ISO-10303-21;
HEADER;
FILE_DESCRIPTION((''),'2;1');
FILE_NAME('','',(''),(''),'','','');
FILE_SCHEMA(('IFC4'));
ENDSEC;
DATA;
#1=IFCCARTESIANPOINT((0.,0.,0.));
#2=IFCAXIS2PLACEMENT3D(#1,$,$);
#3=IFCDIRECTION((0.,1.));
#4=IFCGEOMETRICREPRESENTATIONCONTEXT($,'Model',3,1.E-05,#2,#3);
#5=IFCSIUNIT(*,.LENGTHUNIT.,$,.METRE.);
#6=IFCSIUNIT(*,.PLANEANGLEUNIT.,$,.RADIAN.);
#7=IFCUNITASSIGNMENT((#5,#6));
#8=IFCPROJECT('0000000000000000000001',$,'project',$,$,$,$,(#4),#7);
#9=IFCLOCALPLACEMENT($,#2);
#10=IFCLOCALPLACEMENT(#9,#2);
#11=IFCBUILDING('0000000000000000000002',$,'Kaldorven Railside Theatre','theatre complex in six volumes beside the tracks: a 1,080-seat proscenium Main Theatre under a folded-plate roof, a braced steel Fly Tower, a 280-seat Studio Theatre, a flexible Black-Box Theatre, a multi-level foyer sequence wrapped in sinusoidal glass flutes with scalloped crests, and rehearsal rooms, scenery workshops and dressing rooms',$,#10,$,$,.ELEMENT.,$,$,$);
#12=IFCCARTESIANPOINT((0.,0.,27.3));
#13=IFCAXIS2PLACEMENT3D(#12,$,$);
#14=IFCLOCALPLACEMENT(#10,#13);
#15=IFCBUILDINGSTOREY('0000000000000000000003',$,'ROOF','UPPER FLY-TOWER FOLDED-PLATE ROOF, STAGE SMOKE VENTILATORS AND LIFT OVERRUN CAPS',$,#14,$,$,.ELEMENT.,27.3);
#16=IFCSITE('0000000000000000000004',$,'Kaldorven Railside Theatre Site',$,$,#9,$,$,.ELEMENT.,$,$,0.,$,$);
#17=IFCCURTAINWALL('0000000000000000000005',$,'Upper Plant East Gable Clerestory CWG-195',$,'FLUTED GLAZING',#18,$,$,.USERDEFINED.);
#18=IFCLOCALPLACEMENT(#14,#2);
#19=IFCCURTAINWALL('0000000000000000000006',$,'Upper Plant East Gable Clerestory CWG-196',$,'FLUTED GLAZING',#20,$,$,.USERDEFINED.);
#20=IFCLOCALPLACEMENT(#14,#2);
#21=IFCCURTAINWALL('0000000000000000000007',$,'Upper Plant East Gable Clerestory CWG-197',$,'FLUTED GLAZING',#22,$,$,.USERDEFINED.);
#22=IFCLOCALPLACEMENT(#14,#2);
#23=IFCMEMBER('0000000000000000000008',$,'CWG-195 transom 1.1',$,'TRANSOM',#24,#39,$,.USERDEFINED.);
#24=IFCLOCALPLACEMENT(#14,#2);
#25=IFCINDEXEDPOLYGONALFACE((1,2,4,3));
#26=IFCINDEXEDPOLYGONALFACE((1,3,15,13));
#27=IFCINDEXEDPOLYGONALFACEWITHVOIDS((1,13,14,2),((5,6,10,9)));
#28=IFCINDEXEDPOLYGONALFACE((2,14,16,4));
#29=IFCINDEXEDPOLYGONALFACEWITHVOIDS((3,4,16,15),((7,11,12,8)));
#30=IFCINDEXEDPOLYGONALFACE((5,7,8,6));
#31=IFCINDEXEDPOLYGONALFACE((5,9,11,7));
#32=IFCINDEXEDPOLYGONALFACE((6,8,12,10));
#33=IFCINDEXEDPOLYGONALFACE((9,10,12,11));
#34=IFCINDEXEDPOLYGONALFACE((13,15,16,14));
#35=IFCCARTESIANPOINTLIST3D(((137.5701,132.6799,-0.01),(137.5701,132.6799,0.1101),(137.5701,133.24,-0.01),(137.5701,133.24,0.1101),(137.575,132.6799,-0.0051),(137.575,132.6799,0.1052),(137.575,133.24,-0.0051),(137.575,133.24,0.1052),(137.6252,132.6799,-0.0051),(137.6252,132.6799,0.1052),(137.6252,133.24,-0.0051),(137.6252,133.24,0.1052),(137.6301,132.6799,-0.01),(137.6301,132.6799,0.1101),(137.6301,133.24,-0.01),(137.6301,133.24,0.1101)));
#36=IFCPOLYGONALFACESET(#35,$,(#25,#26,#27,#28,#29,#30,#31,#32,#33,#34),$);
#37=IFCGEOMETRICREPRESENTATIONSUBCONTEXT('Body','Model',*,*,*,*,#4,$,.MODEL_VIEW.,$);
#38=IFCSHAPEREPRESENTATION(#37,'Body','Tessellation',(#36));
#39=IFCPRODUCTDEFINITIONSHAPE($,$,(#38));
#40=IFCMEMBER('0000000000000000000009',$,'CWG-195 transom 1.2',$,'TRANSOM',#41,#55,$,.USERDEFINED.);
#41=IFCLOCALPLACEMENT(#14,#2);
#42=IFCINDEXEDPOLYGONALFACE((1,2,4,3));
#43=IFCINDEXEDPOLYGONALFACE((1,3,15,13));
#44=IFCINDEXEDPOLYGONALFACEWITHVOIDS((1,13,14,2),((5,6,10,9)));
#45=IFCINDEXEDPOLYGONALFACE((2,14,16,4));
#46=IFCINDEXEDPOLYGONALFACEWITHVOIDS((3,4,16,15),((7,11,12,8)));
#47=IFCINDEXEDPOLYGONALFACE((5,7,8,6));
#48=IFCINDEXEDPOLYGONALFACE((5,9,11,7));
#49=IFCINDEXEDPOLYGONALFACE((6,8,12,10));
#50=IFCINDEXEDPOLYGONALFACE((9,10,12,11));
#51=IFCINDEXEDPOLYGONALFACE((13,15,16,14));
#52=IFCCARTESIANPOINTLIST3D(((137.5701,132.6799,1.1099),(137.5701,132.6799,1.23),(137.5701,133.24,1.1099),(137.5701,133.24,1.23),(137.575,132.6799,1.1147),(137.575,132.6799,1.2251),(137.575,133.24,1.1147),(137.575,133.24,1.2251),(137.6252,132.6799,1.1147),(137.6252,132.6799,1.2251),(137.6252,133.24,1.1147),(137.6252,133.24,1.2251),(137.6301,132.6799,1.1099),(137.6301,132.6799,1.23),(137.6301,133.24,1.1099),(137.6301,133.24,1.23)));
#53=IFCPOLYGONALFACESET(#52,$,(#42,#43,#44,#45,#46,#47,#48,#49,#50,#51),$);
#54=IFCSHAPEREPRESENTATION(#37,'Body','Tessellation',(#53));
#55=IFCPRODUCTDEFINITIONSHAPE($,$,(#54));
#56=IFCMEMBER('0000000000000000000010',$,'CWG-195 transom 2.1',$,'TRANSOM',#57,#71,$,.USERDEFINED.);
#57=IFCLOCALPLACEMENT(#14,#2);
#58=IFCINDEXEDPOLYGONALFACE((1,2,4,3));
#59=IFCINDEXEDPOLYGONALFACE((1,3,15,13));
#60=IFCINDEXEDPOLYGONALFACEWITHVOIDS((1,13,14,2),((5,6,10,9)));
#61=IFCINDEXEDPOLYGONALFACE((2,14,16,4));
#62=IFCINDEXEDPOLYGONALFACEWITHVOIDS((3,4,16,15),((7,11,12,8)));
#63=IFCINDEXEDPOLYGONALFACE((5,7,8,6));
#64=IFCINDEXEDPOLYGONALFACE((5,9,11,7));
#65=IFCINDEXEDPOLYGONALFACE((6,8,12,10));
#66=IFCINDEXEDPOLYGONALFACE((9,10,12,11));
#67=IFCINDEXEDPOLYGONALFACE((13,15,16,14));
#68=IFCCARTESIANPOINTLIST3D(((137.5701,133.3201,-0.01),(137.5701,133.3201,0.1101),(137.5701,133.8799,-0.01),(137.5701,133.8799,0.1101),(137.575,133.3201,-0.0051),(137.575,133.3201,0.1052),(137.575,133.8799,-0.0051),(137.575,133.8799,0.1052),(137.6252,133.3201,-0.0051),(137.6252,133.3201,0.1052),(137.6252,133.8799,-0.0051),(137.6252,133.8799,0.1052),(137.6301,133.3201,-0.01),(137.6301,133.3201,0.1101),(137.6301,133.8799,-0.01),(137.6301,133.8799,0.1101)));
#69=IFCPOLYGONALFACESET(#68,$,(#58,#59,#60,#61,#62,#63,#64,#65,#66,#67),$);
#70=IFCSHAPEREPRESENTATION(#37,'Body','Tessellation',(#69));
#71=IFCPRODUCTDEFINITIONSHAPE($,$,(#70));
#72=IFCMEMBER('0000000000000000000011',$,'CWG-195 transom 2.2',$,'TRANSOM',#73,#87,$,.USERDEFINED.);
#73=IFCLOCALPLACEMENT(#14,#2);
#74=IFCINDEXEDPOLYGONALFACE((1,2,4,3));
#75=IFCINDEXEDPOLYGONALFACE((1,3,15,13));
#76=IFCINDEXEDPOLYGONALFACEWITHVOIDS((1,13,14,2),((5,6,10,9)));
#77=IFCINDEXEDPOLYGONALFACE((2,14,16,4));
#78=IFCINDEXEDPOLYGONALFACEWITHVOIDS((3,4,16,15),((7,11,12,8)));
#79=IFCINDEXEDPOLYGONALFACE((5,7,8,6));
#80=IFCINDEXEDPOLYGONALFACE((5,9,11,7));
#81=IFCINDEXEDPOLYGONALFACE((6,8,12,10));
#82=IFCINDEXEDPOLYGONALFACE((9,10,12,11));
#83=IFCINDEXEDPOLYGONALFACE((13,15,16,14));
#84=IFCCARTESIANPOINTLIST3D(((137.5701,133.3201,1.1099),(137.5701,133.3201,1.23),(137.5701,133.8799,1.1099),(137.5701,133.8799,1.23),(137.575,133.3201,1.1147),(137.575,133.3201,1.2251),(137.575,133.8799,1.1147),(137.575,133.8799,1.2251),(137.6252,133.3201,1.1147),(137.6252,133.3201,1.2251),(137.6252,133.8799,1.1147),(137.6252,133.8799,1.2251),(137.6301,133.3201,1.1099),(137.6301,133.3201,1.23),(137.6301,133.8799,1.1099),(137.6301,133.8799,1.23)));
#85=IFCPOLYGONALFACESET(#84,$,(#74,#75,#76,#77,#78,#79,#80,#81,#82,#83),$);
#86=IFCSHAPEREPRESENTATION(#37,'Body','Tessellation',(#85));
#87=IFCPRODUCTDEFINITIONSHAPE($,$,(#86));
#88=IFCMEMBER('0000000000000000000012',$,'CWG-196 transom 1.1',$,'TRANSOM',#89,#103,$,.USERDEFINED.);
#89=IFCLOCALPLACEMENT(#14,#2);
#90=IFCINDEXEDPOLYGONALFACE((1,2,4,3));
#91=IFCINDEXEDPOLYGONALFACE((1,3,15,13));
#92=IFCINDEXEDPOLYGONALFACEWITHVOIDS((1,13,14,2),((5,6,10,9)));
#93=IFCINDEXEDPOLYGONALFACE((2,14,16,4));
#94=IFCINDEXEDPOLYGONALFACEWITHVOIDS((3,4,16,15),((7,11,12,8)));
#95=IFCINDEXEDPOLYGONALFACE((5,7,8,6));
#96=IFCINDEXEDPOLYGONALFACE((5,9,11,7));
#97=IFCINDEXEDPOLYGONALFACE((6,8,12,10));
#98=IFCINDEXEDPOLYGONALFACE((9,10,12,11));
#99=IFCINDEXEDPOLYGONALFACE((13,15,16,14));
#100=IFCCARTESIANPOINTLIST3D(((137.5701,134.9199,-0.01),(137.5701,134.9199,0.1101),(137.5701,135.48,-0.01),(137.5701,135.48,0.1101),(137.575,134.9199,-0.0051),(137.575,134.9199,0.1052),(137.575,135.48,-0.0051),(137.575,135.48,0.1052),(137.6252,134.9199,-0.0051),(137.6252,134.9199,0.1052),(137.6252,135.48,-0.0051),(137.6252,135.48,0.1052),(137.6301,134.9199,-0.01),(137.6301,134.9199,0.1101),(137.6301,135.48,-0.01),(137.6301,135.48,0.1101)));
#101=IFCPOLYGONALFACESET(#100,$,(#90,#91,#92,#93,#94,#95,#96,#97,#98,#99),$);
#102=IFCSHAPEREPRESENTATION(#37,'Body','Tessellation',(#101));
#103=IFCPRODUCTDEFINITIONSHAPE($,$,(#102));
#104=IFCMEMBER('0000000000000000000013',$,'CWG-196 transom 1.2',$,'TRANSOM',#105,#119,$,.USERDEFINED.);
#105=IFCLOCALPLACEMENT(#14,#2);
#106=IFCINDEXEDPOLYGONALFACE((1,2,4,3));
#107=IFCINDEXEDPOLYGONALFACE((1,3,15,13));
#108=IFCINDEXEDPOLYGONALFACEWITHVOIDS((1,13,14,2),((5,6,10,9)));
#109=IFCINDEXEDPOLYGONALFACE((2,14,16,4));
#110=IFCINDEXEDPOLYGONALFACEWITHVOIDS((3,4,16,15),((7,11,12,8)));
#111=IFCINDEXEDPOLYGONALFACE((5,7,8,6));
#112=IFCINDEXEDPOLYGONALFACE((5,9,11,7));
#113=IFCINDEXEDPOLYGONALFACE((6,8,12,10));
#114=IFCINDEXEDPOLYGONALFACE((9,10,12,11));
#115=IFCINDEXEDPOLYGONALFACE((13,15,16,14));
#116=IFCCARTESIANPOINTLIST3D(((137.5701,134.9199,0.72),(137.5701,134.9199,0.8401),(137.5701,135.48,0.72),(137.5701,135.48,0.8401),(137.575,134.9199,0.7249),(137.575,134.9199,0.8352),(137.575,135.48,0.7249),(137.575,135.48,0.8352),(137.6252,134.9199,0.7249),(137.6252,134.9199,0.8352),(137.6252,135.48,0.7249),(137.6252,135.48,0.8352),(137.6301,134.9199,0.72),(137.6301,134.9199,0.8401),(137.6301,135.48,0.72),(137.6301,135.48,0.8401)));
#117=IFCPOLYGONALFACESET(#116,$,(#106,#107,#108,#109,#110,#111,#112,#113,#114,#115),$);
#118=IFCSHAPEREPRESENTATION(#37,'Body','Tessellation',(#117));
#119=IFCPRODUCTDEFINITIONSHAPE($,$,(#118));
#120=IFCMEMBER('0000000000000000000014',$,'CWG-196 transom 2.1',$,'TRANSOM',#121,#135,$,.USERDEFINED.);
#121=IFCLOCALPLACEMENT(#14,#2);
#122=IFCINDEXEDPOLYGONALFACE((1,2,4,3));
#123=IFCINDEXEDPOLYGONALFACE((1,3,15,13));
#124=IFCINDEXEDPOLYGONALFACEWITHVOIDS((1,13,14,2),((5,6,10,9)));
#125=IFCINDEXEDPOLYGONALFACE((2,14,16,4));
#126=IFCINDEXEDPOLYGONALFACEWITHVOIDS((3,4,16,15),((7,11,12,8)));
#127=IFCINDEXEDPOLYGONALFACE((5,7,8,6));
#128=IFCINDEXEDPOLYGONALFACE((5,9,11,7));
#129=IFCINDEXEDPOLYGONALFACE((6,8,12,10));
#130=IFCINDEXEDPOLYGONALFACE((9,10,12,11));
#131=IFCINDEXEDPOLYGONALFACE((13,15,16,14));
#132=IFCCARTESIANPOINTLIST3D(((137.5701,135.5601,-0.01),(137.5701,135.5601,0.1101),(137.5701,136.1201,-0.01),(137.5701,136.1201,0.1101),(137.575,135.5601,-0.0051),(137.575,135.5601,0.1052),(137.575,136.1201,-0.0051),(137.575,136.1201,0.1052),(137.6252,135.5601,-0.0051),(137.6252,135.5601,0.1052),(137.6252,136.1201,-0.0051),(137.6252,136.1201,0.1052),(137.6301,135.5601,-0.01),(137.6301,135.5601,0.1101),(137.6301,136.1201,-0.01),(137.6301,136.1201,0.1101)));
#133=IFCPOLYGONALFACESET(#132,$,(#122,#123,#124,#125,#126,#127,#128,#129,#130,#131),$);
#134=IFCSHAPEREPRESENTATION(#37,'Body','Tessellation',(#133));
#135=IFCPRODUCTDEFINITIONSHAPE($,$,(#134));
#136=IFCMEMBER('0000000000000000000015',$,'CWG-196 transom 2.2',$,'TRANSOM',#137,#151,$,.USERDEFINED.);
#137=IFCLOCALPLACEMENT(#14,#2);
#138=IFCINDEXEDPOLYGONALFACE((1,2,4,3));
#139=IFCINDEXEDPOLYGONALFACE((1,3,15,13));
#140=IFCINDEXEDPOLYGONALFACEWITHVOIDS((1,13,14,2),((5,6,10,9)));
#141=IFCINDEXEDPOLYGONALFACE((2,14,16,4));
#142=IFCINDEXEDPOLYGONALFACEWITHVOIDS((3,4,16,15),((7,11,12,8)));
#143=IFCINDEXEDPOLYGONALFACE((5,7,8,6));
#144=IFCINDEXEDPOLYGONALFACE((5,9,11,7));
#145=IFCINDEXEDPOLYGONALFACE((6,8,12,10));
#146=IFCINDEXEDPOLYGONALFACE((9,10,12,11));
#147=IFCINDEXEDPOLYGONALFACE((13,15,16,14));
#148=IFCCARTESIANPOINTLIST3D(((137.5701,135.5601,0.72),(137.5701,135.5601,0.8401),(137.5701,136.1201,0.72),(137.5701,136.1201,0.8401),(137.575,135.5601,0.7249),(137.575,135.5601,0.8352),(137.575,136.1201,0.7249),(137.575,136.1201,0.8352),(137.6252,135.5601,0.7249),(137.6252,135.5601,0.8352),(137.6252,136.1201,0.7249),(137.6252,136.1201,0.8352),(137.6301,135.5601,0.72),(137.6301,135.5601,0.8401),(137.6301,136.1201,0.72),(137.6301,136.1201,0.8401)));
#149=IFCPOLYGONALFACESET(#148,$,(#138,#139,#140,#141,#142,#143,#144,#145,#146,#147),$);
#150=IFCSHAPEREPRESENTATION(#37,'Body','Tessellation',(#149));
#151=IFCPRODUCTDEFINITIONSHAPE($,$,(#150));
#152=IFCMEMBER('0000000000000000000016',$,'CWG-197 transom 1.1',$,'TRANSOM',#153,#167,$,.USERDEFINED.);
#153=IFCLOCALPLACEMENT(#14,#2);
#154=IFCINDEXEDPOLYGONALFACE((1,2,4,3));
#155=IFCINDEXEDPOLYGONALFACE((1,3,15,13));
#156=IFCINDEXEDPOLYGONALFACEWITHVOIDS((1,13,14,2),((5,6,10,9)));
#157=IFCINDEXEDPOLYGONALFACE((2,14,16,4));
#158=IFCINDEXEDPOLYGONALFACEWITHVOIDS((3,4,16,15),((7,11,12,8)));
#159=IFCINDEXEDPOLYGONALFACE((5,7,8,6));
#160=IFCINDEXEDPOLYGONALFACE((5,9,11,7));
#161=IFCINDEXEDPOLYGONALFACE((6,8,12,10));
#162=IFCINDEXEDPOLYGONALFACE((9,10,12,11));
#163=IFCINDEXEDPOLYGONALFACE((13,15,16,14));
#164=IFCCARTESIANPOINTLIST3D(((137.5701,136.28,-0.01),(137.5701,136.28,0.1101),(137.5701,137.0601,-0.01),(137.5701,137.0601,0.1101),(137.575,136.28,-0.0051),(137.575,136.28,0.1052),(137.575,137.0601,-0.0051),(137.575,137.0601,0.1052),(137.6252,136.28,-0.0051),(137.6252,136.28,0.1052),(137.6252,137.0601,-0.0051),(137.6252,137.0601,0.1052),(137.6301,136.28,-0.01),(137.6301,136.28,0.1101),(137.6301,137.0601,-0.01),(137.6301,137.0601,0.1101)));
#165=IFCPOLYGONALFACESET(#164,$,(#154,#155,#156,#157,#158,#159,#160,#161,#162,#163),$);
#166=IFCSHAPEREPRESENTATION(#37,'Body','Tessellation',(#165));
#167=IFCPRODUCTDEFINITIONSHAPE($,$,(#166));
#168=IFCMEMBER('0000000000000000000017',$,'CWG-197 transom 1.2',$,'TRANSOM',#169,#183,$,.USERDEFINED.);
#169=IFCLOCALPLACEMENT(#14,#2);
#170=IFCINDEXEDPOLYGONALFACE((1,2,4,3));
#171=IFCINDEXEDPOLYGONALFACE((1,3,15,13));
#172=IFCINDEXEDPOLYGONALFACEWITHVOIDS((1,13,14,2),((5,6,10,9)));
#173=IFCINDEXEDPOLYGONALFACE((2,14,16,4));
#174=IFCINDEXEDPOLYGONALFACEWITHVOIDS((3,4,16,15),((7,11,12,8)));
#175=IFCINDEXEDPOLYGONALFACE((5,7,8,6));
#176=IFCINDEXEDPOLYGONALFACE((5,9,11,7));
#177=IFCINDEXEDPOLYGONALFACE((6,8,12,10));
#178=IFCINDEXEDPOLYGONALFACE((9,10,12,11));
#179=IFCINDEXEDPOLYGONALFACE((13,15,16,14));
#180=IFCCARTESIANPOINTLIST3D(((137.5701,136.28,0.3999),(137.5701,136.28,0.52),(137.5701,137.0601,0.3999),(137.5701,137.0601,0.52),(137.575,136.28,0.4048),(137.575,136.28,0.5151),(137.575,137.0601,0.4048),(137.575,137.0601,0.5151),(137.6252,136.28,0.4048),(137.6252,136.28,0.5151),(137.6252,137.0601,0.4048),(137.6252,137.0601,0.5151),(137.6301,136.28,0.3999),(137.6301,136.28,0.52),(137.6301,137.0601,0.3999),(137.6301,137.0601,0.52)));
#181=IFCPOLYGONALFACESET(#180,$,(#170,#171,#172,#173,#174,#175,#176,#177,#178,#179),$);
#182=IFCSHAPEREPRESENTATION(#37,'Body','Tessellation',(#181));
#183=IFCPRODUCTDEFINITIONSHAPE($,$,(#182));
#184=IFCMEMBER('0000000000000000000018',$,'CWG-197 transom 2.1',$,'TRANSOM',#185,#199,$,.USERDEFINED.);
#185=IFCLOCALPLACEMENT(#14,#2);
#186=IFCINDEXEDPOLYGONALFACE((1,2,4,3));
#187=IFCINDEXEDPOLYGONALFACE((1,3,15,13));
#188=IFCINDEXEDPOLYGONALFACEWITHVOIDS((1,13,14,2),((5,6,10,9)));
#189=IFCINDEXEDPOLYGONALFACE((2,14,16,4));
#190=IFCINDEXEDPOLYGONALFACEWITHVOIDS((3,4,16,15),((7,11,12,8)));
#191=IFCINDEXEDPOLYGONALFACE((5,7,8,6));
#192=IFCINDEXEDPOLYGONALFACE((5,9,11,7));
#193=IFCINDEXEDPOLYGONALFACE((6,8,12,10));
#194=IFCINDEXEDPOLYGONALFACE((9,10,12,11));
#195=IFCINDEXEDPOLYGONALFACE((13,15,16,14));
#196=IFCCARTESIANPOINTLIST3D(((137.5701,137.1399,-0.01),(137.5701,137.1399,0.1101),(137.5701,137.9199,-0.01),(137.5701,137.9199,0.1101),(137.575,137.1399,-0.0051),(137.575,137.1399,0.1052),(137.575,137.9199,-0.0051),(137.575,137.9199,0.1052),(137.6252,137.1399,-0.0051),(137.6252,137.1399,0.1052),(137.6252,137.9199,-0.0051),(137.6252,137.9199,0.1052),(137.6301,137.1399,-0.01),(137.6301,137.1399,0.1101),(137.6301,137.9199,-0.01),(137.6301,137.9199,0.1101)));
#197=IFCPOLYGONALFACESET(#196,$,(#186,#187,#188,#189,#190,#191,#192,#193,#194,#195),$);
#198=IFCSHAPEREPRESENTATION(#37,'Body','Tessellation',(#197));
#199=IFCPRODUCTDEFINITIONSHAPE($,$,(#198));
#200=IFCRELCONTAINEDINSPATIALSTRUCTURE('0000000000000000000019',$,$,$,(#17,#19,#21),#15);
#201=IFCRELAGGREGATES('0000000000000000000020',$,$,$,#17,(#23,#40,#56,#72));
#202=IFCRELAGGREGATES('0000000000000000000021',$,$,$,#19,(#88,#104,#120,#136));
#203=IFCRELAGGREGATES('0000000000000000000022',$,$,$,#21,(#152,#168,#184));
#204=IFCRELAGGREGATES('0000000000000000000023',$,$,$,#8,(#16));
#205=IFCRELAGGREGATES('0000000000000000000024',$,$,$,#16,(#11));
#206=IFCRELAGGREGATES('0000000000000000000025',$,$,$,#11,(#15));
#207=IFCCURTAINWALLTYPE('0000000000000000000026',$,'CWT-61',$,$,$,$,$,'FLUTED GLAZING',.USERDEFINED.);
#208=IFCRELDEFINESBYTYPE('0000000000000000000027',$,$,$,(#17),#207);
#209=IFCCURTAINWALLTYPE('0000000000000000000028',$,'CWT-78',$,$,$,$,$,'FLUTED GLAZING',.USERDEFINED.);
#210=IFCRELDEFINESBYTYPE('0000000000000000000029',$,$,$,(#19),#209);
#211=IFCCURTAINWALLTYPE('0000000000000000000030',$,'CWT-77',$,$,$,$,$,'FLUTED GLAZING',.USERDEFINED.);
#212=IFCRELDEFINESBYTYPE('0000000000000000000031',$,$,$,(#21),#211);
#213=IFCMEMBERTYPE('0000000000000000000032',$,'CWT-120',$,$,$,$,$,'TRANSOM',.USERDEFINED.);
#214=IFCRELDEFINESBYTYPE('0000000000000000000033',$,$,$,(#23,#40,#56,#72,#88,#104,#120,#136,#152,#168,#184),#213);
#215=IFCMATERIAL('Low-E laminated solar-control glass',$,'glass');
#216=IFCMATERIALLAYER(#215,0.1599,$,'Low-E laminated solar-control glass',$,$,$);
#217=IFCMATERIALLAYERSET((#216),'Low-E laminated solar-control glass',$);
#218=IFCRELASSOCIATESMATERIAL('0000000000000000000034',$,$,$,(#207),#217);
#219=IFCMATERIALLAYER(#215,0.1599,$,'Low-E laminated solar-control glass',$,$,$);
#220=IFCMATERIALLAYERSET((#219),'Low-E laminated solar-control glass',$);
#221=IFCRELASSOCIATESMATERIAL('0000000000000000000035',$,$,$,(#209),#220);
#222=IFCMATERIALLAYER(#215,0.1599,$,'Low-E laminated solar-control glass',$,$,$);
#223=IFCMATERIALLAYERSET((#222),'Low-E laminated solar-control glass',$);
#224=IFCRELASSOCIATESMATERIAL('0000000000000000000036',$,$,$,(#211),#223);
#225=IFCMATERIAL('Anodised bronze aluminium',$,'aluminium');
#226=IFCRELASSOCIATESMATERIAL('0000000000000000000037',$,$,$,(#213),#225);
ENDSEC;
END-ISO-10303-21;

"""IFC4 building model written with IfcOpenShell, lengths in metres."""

from ifc_helpers import new_model, si_unit, direction, frame, origin, origin_2d, place, context, subcontext, project, spatial, hollow_rectangle, extrude, material, layer, layer_set, material_profile, profile_set, type_object, element, aggregate, save


model = new_model("IFC4")

# Units and contexts
model_context = context("Model", 3, precision=1e-05, world=origin(), true_north=direction((0.0, 1.0)))
body_context = subcontext(model_context, "Body", "Model", "MODEL_VIEW")
ifc_project = project(units=[si_unit("LENGTHUNIT", "METRE"), si_unit("PLANEANGLEUNIT", "RADIAN")], contexts=[model_context])

# Site, building, storey
site_placement = place(None, origin())
site = spatial("IfcSite", under=ifc_project, at=site_placement, Name="Kaldorven Railside Theatre Site", CompositionType="ELEMENT", RefElevation=0.0)
building_placement = place(site_placement, origin())
building = spatial("IfcBuilding", under=site, at=building_placement, Name="Kaldorven Railside Theatre", Description="theatre complex in six volumes beside the tracks: a 1,080-seat proscenium Main Theatre under a folded-plate roof, a braced steel Fly Tower, a 280-seat Studio Theatre, a flexible Black-Box Theatre, a multi-level foyer sequence wrapped in sinusoidal glass flutes with scalloped crests, and rehearsal rooms, scenery workshops and dressing rooms", CompositionType="ELEMENT")
storey_placement = place(building_placement, frame((0.0, 0.0, 27.3)))
storey = spatial("IfcBuildingStorey", under=building, at=storey_placement, Name="ROOF", Description="UPPER FLY-TOWER FOLDED-PLATE ROOF, STAGE SMOKE VENTILATORS AND LIFT OVERRUN CAPS", CompositionType="ELEMENT", Elevation=27.3)

# Shared definitions
ifc_material_1 = material(Name="Low-E laminated solar-control glass", Category="glass")
ifc_material_2 = material(Name="Anodised bronze aluminium", Category="aluminium")

# Curtain walls
ifc_layer_1 = layer(ifc_material_1, 0.1599, Name="Low-E laminated solar-control glass")
ifc_layer_set_1 = layer_set([ifc_layer_1], Name="Low-E laminated solar-control glass")
curtain_wall_type_1 = type_object("IfcCurtainWallType", Name="CWT-61", ElementType="FLUTED GLAZING", PredefinedType="USERDEFINED", material=ifc_layer_set_1)
curtain_wall_1_placement = place(storey_placement, origin())
curtain_wall_1 = element("IfcCurtainWall", 1, at=curtain_wall_1_placement, inside=storey, type_object=curtain_wall_type_1, Name="Upper Plant East Gable Clerestory CWG-195", ObjectType="FLUTED GLAZING", PredefinedType="USERDEFINED")
ifc_layer_2 = layer(ifc_material_1, 0.1599, Name="Low-E laminated solar-control glass")
ifc_layer_set_2 = layer_set([ifc_layer_2], Name="Low-E laminated solar-control glass")
curtain_wall_type_2 = type_object("IfcCurtainWallType", Name="CWT-78", ElementType="FLUTED GLAZING", PredefinedType="USERDEFINED", material=ifc_layer_set_2)
curtain_wall_2_placement = place(storey_placement, origin())
curtain_wall_2 = element("IfcCurtainWall", 2, at=curtain_wall_2_placement, inside=storey, type_object=curtain_wall_type_2, Name="Upper Plant East Gable Clerestory CWG-196", ObjectType="FLUTED GLAZING", PredefinedType="USERDEFINED")
ifc_layer_3 = layer(ifc_material_1, 0.1599, Name="Low-E laminated solar-control glass")
ifc_layer_set_3 = layer_set([ifc_layer_3], Name="Low-E laminated solar-control glass")
curtain_wall_type_3 = type_object("IfcCurtainWallType", Name="CWT-77", ElementType="FLUTED GLAZING", PredefinedType="USERDEFINED", material=ifc_layer_set_3)
curtain_wall_3_placement = place(storey_placement, origin())
curtain_wall_3 = element("IfcCurtainWall", 3, at=curtain_wall_3_placement, inside=storey, type_object=curtain_wall_type_3, Name="Upper Plant East Gable Clerestory CWG-197", ObjectType="FLUTED GLAZING", PredefinedType="USERDEFINED")

# Members
ifc_material_profile_1 = material_profile(ifc_material_2, hollow_rectangle(XDim=0.0601, YDim=0.1201, WallThickness=0.0049, at=origin_2d()), Name="RHS 120x60x5")
ifc_profile_set_1 = profile_set([ifc_material_profile_1], Name="Anodised bronze aluminium")
member_type_1 = type_object("IfcMemberType", Name="CWT-120", ElementType="TRANSOM", PredefinedType="USERDEFINED", material=ifc_profile_set_1)
member_1_placement = place(storey_placement, frame((137.6001, 132.6799, 0.05), z_axis=(0.0, 1.0, 0.0), x_axis=(-1.0, 0.0, 0.0)))
member_1 = element("IfcMember", 4, at=member_1_placement, type_object=member_type_1, Name="CWG-195 transom 1.1", ObjectType="TRANSOM", PredefinedType="USERDEFINED", context=body_context, shape_type="SweptSolid", body=[
    extrude(hollow_rectangle(XDim=0.0601, YDim=0.1201, WallThickness=0.0049, at=origin_2d()), origin(), (0.0, 0.0, 1.0), 0.5601),
])
member_2_placement = place(storey_placement, frame((137.6001, 132.6799, 1.1699), z_axis=(0.0, 1.0, 0.0), x_axis=(-1.0, 0.0, 0.0)))
member_2 = element("IfcMember", 5, at=member_2_placement, type_object=member_type_1, Name="CWG-195 transom 1.2", ObjectType="TRANSOM", PredefinedType="USERDEFINED", context=body_context, shape_type="SweptSolid", body=[
    extrude(hollow_rectangle(XDim=0.0601, YDim=0.1201, WallThickness=0.0049, at=origin_2d()), origin(), (0.0, 0.0, 1.0), 0.5601),
])
member_3_placement = place(storey_placement, frame((137.6001, 133.3201, 0.05), z_axis=(0.0, 1.0, 0.0), x_axis=(-1.0, 0.0, 0.0)))
member_3 = element("IfcMember", 6, at=member_3_placement, type_object=member_type_1, Name="CWG-195 transom 2.1", ObjectType="TRANSOM", PredefinedType="USERDEFINED", context=body_context, shape_type="SweptSolid", body=[
    extrude(hollow_rectangle(XDim=0.0601, YDim=0.1201, WallThickness=0.0049, at=origin_2d()), origin(), (0.0, 0.0, 1.0), 0.5598),
])
member_4_placement = place(storey_placement, frame((137.6001, 133.3201, 1.1699), z_axis=(0.0, 1.0, 0.0), x_axis=(-1.0, 0.0, 0.0)))
member_4 = element("IfcMember", 7, at=member_4_placement, type_object=member_type_1, Name="CWG-195 transom 2.2", ObjectType="TRANSOM", PredefinedType="USERDEFINED", context=body_context, shape_type="SweptSolid", body=[
    extrude(hollow_rectangle(XDim=0.0601, YDim=0.1201, WallThickness=0.0049, at=origin_2d()), origin(), (0.0, 0.0, 1.0), 0.5598),
])
member_5_placement = place(storey_placement, frame((137.6001, 134.9199, 0.05), z_axis=(0.0, 1.0, 0.0), x_axis=(-1.0, 0.0, 0.0)))
member_5 = element("IfcMember", 8, at=member_5_placement, type_object=member_type_1, Name="CWG-196 transom 1.1", ObjectType="TRANSOM", PredefinedType="USERDEFINED", context=body_context, shape_type="SweptSolid", body=[
    extrude(hollow_rectangle(XDim=0.0601, YDim=0.1201, WallThickness=0.0049, at=origin_2d()), origin(), (0.0, 0.0, 1.0), 0.5601),
])
member_6_placement = place(storey_placement, frame((137.6001, 134.9199, 0.78), z_axis=(0.0, 1.0, 0.0), x_axis=(-1.0, 0.0, 0.0)))
member_6 = element("IfcMember", 9, at=member_6_placement, type_object=member_type_1, Name="CWG-196 transom 1.2", ObjectType="TRANSOM", PredefinedType="USERDEFINED", context=body_context, shape_type="SweptSolid", body=[
    extrude(hollow_rectangle(XDim=0.0601, YDim=0.1201, WallThickness=0.0049, at=origin_2d()), origin(), (0.0, 0.0, 1.0), 0.5601),
])
member_7_placement = place(storey_placement, frame((137.6001, 135.5601, 0.05), z_axis=(0.0, 1.0, 0.0), x_axis=(-1.0, 0.0, 0.0)))
member_7 = element("IfcMember", 10, at=member_7_placement, type_object=member_type_1, Name="CWG-196 transom 2.1", ObjectType="TRANSOM", PredefinedType="USERDEFINED", context=body_context, shape_type="SweptSolid", body=[
    extrude(hollow_rectangle(XDim=0.0601, YDim=0.1201, WallThickness=0.0049, at=origin_2d()), origin(), (0.0, 0.0, 1.0), 0.5601),
])
member_8_placement = place(storey_placement, frame((137.6001, 135.5601, 0.78), z_axis=(0.0, 1.0, 0.0), x_axis=(-1.0, 0.0, 0.0)))
member_8 = element("IfcMember", 11, at=member_8_placement, type_object=member_type_1, Name="CWG-196 transom 2.2", ObjectType="TRANSOM", PredefinedType="USERDEFINED", context=body_context, shape_type="SweptSolid", body=[
    extrude(hollow_rectangle(XDim=0.0601, YDim=0.1201, WallThickness=0.0049, at=origin_2d()), origin(), (0.0, 0.0, 1.0), 0.5601),
])
member_9_placement = place(storey_placement, frame((137.6001, 136.28, 0.05), z_axis=(0.0, 1.0, 0.0), x_axis=(-1.0, 0.0, 0.0)))
member_9 = element("IfcMember", 12, at=member_9_placement, type_object=member_type_1, Name="CWG-197 transom 1.1", ObjectType="TRANSOM", PredefinedType="USERDEFINED", context=body_context, shape_type="SweptSolid", body=[
    extrude(hollow_rectangle(XDim=0.0601, YDim=0.1201, WallThickness=0.0049, at=origin_2d()), origin(), (0.0, 0.0, 1.0), 0.78),
])
member_10_placement = place(storey_placement, frame((137.6001, 136.28, 0.46), z_axis=(0.0, 1.0, 0.0), x_axis=(-1.0, 0.0, 0.0)))
member_10 = element("IfcMember", 13, at=member_10_placement, type_object=member_type_1, Name="CWG-197 transom 1.2", ObjectType="TRANSOM", PredefinedType="USERDEFINED", context=body_context, shape_type="SweptSolid", body=[
    extrude(hollow_rectangle(XDim=0.0601, YDim=0.1201, WallThickness=0.0049, at=origin_2d()), origin(), (0.0, 0.0, 1.0), 0.78),
])
member_11_placement = place(storey_placement, frame((137.6001, 137.1399, 0.05), z_axis=(0.0, 1.0, 0.0), x_axis=(-1.0, 0.0, 0.0)))
member_11 = element("IfcMember", 14, at=member_11_placement, type_object=member_type_1, Name="CWG-197 transom 2.1", ObjectType="TRANSOM", PredefinedType="USERDEFINED", context=body_context, shape_type="SweptSolid", body=[
    extrude(hollow_rectangle(XDim=0.0601, YDim=0.1201, WallThickness=0.0049, at=origin_2d()), origin(), (0.0, 0.0, 1.0), 0.78),
])

aggregate(curtain_wall_1, [member_1, member_2, member_3, member_4])
aggregate(curtain_wall_2, [member_5, member_6, member_7, member_8])
aggregate(curtain_wall_3, [member_9, member_10, member_11])

save(model, "model.ifc")
